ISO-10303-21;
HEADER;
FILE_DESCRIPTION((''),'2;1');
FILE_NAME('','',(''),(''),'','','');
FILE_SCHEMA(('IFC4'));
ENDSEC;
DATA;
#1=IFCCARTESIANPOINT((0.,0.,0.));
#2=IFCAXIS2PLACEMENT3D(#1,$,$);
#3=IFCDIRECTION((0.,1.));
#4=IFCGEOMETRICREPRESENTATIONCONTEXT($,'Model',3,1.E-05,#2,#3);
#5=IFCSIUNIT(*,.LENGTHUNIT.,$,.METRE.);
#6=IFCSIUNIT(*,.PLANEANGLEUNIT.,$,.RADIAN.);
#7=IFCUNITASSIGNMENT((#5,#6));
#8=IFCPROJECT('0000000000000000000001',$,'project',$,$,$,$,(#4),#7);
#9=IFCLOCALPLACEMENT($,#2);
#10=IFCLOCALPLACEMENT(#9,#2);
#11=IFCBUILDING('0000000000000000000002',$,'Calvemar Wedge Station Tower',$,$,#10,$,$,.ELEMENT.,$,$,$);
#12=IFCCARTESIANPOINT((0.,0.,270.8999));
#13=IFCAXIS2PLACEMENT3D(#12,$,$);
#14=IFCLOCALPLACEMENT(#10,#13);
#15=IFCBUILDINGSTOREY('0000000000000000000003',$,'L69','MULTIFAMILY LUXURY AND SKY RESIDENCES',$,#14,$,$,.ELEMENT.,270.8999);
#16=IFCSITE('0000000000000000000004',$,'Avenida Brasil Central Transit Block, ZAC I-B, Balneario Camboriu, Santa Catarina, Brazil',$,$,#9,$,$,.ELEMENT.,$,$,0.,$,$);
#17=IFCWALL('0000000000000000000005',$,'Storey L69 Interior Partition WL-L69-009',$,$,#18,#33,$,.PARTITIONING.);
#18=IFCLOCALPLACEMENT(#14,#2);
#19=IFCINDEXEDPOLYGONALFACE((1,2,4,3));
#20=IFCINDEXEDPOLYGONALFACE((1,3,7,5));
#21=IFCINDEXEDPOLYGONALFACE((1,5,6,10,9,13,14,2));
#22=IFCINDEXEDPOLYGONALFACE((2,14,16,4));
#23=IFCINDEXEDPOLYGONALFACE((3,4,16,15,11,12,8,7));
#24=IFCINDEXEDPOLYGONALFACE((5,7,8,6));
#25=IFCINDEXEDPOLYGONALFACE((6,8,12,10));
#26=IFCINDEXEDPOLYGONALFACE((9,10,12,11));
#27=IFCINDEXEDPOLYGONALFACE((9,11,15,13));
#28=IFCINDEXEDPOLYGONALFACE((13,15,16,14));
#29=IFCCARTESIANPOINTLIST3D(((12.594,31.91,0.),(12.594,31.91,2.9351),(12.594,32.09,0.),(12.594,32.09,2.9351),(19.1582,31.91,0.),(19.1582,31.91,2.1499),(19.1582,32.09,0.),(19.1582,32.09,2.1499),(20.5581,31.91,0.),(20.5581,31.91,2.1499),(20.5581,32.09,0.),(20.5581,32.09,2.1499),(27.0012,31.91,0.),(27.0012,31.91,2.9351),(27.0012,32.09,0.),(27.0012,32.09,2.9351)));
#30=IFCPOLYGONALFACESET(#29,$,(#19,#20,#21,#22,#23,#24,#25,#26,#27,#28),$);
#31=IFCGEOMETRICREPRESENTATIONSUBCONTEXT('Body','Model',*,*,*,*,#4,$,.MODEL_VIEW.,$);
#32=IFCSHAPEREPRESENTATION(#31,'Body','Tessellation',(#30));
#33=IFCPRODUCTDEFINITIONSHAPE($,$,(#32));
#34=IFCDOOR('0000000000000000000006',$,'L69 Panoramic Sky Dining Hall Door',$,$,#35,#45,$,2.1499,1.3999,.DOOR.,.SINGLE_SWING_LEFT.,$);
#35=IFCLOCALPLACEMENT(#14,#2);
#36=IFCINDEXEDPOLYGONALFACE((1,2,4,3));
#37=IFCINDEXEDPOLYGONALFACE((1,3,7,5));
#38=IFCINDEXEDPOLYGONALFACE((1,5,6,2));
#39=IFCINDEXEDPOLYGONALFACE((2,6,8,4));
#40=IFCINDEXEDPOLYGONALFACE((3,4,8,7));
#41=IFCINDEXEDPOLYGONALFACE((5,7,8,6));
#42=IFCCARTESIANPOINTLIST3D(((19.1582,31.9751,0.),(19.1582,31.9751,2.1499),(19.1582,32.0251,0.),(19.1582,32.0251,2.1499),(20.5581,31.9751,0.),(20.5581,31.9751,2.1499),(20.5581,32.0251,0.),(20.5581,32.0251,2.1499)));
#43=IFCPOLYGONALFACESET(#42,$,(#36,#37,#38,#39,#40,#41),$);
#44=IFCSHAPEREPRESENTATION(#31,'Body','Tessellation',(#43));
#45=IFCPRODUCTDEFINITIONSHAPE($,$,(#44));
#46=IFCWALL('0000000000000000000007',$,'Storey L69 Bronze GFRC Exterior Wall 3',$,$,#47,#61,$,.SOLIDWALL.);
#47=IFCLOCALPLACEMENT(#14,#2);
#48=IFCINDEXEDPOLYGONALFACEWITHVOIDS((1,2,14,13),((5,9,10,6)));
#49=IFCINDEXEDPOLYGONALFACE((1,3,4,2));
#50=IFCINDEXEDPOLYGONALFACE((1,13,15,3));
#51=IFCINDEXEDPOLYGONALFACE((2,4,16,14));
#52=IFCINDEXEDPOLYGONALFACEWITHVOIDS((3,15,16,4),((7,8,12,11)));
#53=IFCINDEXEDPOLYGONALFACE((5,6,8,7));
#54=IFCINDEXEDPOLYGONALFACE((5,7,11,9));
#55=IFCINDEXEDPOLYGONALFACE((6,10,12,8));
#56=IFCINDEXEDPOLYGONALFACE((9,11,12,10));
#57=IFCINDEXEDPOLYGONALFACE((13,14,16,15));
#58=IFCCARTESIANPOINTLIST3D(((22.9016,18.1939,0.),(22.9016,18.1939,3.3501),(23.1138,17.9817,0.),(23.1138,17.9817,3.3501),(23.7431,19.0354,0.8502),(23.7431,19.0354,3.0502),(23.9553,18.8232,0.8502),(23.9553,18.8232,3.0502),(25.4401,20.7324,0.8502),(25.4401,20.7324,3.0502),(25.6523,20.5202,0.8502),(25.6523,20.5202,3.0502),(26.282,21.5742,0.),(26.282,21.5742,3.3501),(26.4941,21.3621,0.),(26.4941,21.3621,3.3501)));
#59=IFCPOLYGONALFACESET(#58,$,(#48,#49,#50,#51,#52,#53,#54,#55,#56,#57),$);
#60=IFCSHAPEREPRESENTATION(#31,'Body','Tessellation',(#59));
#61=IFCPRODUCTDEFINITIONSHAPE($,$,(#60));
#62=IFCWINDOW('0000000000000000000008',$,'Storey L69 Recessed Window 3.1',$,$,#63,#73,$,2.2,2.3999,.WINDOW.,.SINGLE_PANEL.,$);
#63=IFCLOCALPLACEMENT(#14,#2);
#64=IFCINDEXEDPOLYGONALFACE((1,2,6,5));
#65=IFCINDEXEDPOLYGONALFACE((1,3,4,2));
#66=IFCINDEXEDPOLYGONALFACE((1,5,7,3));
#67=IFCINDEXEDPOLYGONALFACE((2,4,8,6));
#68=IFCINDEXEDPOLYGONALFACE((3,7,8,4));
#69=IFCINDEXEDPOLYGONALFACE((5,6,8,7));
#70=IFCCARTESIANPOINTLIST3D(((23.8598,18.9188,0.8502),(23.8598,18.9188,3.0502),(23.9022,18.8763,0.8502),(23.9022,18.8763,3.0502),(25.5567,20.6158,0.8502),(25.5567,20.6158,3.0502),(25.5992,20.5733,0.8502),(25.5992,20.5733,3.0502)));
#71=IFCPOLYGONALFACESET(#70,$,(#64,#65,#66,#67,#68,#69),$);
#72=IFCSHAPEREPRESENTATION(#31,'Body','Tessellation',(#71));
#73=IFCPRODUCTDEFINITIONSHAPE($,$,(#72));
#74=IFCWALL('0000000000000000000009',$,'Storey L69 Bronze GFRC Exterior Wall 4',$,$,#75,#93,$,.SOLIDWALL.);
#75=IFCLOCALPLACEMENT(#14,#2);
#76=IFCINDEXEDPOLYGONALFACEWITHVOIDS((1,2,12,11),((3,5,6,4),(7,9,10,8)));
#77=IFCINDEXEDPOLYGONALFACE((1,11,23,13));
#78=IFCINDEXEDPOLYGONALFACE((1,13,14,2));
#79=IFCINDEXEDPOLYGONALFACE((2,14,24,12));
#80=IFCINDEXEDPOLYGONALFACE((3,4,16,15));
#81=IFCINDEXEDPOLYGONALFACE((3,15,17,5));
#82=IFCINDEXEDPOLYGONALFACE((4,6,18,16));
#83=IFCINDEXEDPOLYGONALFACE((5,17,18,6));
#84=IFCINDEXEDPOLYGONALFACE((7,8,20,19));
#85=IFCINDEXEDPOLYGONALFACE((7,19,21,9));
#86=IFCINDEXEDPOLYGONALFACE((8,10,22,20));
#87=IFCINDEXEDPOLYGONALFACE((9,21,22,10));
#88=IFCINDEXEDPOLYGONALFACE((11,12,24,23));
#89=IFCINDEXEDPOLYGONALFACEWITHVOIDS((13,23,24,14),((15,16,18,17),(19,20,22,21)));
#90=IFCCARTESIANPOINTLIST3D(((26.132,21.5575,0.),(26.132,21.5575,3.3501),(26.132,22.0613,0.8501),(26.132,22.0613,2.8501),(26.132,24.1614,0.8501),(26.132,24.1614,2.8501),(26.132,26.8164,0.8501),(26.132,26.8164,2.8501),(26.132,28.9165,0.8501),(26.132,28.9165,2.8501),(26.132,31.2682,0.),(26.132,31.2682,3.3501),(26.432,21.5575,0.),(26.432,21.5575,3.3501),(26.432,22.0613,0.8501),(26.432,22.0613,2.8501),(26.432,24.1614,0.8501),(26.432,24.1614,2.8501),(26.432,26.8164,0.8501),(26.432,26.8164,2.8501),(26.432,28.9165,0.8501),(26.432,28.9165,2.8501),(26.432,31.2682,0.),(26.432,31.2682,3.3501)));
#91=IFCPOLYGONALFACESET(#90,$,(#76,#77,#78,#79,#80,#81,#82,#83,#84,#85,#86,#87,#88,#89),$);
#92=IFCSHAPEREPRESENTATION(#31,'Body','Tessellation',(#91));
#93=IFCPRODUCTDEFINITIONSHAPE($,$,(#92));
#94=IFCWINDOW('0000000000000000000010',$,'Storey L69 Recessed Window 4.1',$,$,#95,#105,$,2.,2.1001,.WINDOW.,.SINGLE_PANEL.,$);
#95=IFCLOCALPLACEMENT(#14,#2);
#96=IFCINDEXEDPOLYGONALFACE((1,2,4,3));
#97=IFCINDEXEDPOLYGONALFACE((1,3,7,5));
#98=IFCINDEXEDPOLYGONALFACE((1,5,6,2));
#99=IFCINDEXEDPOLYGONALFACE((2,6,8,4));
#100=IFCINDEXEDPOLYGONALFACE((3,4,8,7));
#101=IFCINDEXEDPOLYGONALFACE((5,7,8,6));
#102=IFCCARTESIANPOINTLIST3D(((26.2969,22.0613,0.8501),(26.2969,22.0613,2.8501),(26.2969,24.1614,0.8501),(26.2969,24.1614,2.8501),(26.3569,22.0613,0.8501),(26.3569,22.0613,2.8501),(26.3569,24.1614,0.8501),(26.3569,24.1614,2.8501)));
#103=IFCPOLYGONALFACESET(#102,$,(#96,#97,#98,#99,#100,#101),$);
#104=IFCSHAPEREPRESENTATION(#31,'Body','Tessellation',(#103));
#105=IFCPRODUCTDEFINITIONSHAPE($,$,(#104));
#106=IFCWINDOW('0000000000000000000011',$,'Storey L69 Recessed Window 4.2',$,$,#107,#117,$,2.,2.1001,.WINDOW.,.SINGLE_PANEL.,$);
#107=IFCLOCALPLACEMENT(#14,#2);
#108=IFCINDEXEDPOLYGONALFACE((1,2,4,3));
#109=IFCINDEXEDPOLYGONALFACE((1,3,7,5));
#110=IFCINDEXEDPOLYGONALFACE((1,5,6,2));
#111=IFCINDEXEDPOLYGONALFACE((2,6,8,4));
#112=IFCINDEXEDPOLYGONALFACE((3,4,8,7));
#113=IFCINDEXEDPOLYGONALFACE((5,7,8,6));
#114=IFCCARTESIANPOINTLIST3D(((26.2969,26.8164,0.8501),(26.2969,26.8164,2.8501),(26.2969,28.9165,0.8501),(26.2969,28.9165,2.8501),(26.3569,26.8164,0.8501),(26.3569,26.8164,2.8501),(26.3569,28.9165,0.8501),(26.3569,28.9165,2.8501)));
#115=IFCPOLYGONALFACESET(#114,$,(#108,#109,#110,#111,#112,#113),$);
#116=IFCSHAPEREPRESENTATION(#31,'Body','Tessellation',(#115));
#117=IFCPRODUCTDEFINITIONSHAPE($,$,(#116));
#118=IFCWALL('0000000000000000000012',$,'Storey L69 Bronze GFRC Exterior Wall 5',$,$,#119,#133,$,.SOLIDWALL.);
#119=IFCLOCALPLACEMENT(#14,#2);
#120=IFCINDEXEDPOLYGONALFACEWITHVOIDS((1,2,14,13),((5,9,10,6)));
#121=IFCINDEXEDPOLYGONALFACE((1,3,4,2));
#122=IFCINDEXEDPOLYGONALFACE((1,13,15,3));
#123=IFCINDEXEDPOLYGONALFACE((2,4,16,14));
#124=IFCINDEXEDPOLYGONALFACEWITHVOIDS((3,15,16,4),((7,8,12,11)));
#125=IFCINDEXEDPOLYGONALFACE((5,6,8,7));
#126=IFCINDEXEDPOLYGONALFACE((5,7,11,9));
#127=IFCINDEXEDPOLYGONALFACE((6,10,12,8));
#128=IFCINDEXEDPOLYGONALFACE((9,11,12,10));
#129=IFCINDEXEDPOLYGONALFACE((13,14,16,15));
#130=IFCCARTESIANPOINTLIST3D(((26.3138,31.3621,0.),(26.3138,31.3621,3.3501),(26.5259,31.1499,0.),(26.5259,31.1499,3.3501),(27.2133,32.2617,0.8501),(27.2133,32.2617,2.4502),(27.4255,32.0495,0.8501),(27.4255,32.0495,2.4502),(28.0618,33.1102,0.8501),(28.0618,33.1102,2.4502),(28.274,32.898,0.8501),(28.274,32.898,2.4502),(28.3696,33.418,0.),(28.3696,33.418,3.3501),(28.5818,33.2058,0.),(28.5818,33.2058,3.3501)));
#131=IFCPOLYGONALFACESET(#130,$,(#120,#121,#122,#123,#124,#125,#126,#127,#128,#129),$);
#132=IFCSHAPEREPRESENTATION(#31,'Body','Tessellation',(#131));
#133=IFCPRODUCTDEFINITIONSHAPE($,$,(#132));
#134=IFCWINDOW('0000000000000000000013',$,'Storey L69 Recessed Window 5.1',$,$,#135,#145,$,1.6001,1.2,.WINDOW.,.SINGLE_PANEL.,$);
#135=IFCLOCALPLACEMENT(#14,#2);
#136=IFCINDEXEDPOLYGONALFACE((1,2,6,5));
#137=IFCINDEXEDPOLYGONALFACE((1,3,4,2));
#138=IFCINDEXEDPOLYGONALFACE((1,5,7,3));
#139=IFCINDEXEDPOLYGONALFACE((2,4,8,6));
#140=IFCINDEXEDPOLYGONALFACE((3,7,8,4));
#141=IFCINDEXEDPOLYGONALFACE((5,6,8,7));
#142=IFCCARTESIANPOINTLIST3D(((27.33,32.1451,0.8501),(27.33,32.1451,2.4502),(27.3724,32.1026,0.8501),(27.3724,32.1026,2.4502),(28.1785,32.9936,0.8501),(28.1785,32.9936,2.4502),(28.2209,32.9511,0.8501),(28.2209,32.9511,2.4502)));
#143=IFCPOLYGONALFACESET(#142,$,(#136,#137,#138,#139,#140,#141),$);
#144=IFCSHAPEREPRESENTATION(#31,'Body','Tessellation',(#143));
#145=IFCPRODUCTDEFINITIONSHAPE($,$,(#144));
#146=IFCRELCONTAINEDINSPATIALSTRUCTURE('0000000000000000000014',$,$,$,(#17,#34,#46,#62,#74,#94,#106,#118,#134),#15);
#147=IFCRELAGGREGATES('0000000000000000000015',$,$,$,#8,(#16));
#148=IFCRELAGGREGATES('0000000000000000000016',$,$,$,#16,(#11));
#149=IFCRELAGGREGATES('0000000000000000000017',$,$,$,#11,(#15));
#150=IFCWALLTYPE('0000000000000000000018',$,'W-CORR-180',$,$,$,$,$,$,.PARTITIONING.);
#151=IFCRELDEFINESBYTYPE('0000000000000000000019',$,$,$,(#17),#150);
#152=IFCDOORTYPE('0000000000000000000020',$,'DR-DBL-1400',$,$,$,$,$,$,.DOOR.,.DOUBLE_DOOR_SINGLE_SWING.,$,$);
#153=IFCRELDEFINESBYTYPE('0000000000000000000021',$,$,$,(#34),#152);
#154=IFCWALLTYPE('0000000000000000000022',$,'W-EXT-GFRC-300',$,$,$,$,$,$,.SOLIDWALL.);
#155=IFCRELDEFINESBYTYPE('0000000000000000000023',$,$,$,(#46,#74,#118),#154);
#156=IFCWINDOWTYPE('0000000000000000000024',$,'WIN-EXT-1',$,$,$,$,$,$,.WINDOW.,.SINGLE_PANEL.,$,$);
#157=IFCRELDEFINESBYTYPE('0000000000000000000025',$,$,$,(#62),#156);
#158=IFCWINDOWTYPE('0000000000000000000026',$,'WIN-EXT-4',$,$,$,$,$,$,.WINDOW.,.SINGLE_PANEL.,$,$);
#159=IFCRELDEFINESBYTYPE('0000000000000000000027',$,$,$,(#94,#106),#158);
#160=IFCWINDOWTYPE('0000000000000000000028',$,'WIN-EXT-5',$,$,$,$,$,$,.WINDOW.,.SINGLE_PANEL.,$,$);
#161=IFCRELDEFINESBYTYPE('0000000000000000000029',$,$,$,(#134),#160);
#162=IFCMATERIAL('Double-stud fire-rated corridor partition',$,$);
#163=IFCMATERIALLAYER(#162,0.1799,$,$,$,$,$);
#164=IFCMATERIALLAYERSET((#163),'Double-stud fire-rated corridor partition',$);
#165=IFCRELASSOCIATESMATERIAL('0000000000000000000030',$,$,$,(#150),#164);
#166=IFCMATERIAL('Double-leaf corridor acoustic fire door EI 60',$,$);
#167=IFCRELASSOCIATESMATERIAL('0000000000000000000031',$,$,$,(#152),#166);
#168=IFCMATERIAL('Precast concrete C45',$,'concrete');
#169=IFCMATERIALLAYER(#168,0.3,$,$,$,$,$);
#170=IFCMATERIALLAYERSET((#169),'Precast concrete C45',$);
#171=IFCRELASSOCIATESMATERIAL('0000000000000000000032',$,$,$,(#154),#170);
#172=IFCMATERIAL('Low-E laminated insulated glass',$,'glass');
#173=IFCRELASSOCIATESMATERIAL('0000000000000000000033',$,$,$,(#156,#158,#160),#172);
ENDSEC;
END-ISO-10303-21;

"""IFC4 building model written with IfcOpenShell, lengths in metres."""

from ifc_helpers import new_model, si_unit, direction, frame, frame_2d, origin, place, context, subcontext, project, spatial, rectangle, extrude, source, transform, mapped, material, layer, layer_set, type_object, element, fill, save


model = new_model("IFC4")

# Units and contexts
model_context = context("Model", 3, precision=1e-05, world=origin(), true_north=direction((0.0, 1.0)))
body_context = subcontext(model_context, "Body", "Model", "MODEL_VIEW")
ifc_project = project(units=[si_unit("LENGTHUNIT", "METRE"), si_unit("PLANEANGLEUNIT", "RADIAN")], contexts=[model_context])

# Site, building, storey
site_placement = place(None, origin())
site = spatial("IfcSite", under=ifc_project, at=site_placement, Name="Avenida Brasil Central Transit Block, ZAC I-B, Balneario Camboriu, Santa Catarina, Brazil", CompositionType="ELEMENT", RefElevation=0.0)
building_placement = place(site_placement, origin())
building = spatial("IfcBuilding", under=site, at=building_placement, Name="Calvemar Wedge Station Tower", CompositionType="ELEMENT")
storey_placement = place(building_placement, frame((0.0, 0.0, 270.8999)))
storey = spatial("IfcBuildingStorey", under=building, at=storey_placement, Name="L69", Description="MULTIFAMILY LUXURY AND SKY RESIDENCES", CompositionType="ELEMENT", Elevation=270.8999)

# Wall, opening, door
ifc_material_1 = material(Name="Double-stud fire-rated corridor partition")
ifc_layer_1 = layer(ifc_material_1, 0.1799)
ifc_layer_set_1 = layer_set([ifc_layer_1], Name="Double-stud fire-rated corridor partition")
wall_type_1 = type_object("IfcWallType", Name="W-CORR-180", PredefinedType="PARTITIONING", material=ifc_layer_set_1)
wall_1_placement = place(storey_placement, frame((27.0012, 32.0, 0.0), z_axis=(0.0, 0.0, 1.0), x_axis=(-1.0, 0.0, 0.0)))
wall_1 = element("IfcWall", 1, at=wall_1_placement, inside=storey, type_object=wall_type_1, Name="Storey L69 Interior Partition WL-L69-009", PredefinedType="PARTITIONING", context=body_context, shape_type="SweptSolid", body=[
    extrude(rectangle(XDim=14.4072, YDim=0.1799, at=frame_2d((7.2036, 0.0))), origin(), (0.0, 0.0, 1.0), 2.9351),
])
shared_shape_1 = source(origin(), body_context, "Body", "SweptSolid", [
    extrude(rectangle(XDim=1.3999, YDim=2.1499, at=frame_2d((0.7, 1.075))), frame((0.0, 0.1001, 0.0), z_axis=(0.0, -1.0, 0.0), x_axis=(1.0, 0.0, 0.0)), (0.0, 0.0, 1.0), 0.2),
])
opening_1_placement = place(wall_1_placement, frame((6.4431, 0.0, 0.0)))
opening_1 = element("IfcOpeningElement", 2, at=opening_1_placement, cuts=wall_1, PredefinedType="OPENING", context=body_context, shape_type="MappedRepresentation", body=[
    mapped(shared_shape_1, transform((0.0, 0.0, 0.0), scale=1.0)),
])
ifc_material_2 = material(Name="Double-leaf corridor acoustic fire door EI 60")
door_type_1 = type_object("IfcDoorType", Name="DR-DBL-1400", OperationType="DOUBLE_DOOR_SINGLE_SWING", PredefinedType="DOOR", material=ifc_material_2)
shared_shape_2 = source(origin(), body_context, "Body", "SweptSolid", [
    extrude(rectangle(XDim=1.3999, YDim=2.1499, at=frame_2d((0.7, 1.075))), frame((0.0, 0.0249, 0.0), z_axis=(0.0, -1.0, 0.0), x_axis=(1.0, 0.0, 0.0)), (0.0, 0.0, 1.0), 0.05),
])
door_1_placement = place(opening_1_placement, origin())
door_1 = element("IfcDoor", 3, at=door_1_placement, inside=storey, type_object=door_type_1, Name="L69 Panoramic Sky Dining Hall Door", OperationType="SINGLE_SWING_LEFT", OverallHeight=2.1499, OverallWidth=1.3999, PredefinedType="DOOR", context=body_context, shape_type="MappedRepresentation", body=[
    mapped(shared_shape_2, transform((0.0, 0.0, 0.0), scale=1.0)),
])
fill(opening_1, door_1)

# Wall, opening, window
ifc_material_3 = material(Name="Precast concrete C45", Category="concrete")
ifc_layer_2 = layer(ifc_material_3, 0.3)
ifc_layer_set_2 = layer_set([ifc_layer_2], Name="Precast concrete C45")
wall_type_2 = type_object("IfcWallType", Name="W-EXT-GFRC-300", PredefinedType="SOLIDWALL", material=ifc_layer_set_2)
wall_2_placement = place(storey_placement, frame((23.0078, 18.0879, 0.0), z_axis=(0.0, 0.0, 1.0), x_axis=(0.707107, 0.707107, 0.0)))
wall_2 = element("IfcWall", 4, at=wall_2_placement, inside=storey, type_object=wall_type_2, Name="Storey L69 Bronze GFRC Exterior Wall 3", PredefinedType="SOLIDWALL", context=body_context, shape_type="SweptSolid", body=[
    extrude(rectangle(XDim=4.7805, YDim=0.3, at=frame_2d((2.3901, 0.0))), origin(), (0.0, 0.0, 1.0), 3.3501),
])
shared_shape_3 = source(origin(), body_context, "Body", "SweptSolid", [
    extrude(rectangle(XDim=2.3999, YDim=2.2, at=frame_2d((1.2, 1.1001))), frame((0.0, 0.1602, 0.0), z_axis=(0.0, -1.0, 0.0), x_axis=(1.0, 0.0, 0.0)), (0.0, 0.0, 1.0), 0.3201),
])
opening_2_placement = place(wall_2_placement, frame((1.1899, 0.0, 0.8501)))
opening_2 = element("IfcOpeningElement", 5, at=opening_2_placement, cuts=wall_2, PredefinedType="OPENING", context=body_context, shape_type="MappedRepresentation", body=[
    mapped(shared_shape_3, transform((0.0, 0.0, 0.0), scale=1.0)),
])
ifc_material_4 = material(Name="Low-E laminated insulated glass", Category="glass")
window_type_1 = type_object("IfcWindowType", Name="WIN-EXT-1", PartitioningType="SINGLE_PANEL", PredefinedType="WINDOW", material=ifc_material_4)
shared_shape_4 = source(origin(), body_context, "Body", "SweptSolid", [
    extrude(rectangle(XDim=2.3999, YDim=2.2, at=frame_2d((1.2, 1.1001))), frame((0.0, -0.0149, 0.0), z_axis=(0.0, -1.0, 0.0), x_axis=(1.0, 0.0, 0.0)), (0.0, 0.0, 1.0), 0.0601),
])
window_1_placement = place(opening_2_placement, origin())
window_1 = element("IfcWindow", 6, at=window_1_placement, inside=storey, type_object=window_type_1, Name="Storey L69 Recessed Window 3.1", OverallHeight=2.2, OverallWidth=2.3999, PartitioningType="SINGLE_PANEL", PredefinedType="WINDOW", context=body_context, shape_type="MappedRepresentation", body=[
    mapped(shared_shape_4, transform((0.0, 0.0, 0.0), scale=1.0)),
])
fill(opening_2, window_1)

# Wall, openings, windows
wall_3_placement = place(storey_placement, frame((26.282, 21.5574, 0.0), z_axis=(0.0, 0.0, 1.0), x_axis=(0.0, 1.0, 0.0)))
wall_3 = element("IfcWall", 7, at=wall_3_placement, inside=storey, type_object=wall_type_2, Name="Storey L69 Bronze GFRC Exterior Wall 4", PredefinedType="SOLIDWALL", context=body_context, shape_type="SweptSolid", body=[
    extrude(rectangle(XDim=9.7107, YDim=0.3, at=frame_2d((4.8555, 0.0))), origin(), (0.0, 0.0, 1.0), 3.3501),
])
shared_shape_5 = source(origin(), body_context, "Body", "SweptSolid", [
    extrude(rectangle(XDim=2.1001, YDim=2.0, at=frame_2d((1.05, 1.0))), frame((0.0, 0.1602, 0.0), z_axis=(0.0, -1.0, 0.0), x_axis=(1.0, 0.0, 0.0)), (0.0, 0.0, 1.0), 0.3201),
])
opening_3_placement = place(wall_3_placement, frame((0.5039, 0.0, 0.8501)))
opening_3 = element("IfcOpeningElement", 8, at=opening_3_placement, cuts=wall_3, PredefinedType="OPENING", context=body_context, shape_type="MappedRepresentation", body=[
    mapped(shared_shape_5, transform((0.0, 0.0, 0.0), scale=1.0)),
])
opening_4_placement = place(wall_3_placement, frame((5.259, 0.0, 0.8501)))
opening_4 = element("IfcOpeningElement", 9, at=opening_4_placement, cuts=wall_3, PredefinedType="OPENING", context=body_context, shape_type="MappedRepresentation", body=[
    mapped(shared_shape_5, transform((0.0, 0.0, 0.0), scale=1.0)),
])
window_type_2 = type_object("IfcWindowType", Name="WIN-EXT-4", PartitioningType="SINGLE_PANEL", PredefinedType="WINDOW", material=ifc_material_4)
shared_shape_6 = source(origin(), body_context, "Body", "SweptSolid", [
    extrude(rectangle(XDim=2.1001, YDim=2.0, at=frame_2d((1.05, 1.0))), frame((0.0, -0.0149, 0.0), z_axis=(0.0, -1.0, 0.0), x_axis=(1.0, 0.0, 0.0)), (0.0, 0.0, 1.0), 0.0601),
])
window_2_placement = place(opening_3_placement, origin())
window_2 = element("IfcWindow", 10, at=window_2_placement, inside=storey, type_object=window_type_2, Name="Storey L69 Recessed Window 4.1", OverallHeight=2.0, OverallWidth=2.1001, PartitioningType="SINGLE_PANEL", PredefinedType="WINDOW", context=body_context, shape_type="MappedRepresentation", body=[
    mapped(shared_shape_6, transform((0.0, 0.0, 0.0), scale=1.0)),
])
fill(opening_3, window_2)
window_3_placement = place(opening_4_placement, origin())
window_3 = element("IfcWindow", 11, at=window_3_placement, inside=storey, type_object=window_type_2, Name="Storey L69 Recessed Window 4.2", OverallHeight=2.0, OverallWidth=2.1001, PartitioningType="SINGLE_PANEL", PredefinedType="WINDOW", context=body_context, shape_type="MappedRepresentation", body=[
    mapped(shared_shape_6, transform((0.0, 0.0, 0.0), scale=1.0)),
])
fill(opening_4, window_3)

# Wall, opening, window
wall_4_placement = place(storey_placement, frame((26.4199, 31.2561, 0.0), z_axis=(0.0, 0.0, 1.0), x_axis=(0.707107, 0.707107, 0.0)))
wall_4 = element("IfcWall", 12, at=wall_4_placement, inside=storey, type_object=wall_type_2, Name="Storey L69 Bronze GFRC Exterior Wall 5", PredefinedType="SOLIDWALL", context=body_context, shape_type="SweptSolid", body=[
    extrude(rectangle(XDim=2.9075, YDim=0.3, at=frame_2d((1.4536, 0.0))), origin(), (0.0, 0.0, 1.0), 3.3501),
])
shared_shape_7 = source(origin(), body_context, "Body", "SweptSolid", [
    extrude(rectangle(XDim=1.2, YDim=1.6001, at=frame_2d((0.6001, 0.8))), frame((0.0, 0.1602, 0.0), z_axis=(0.0, -1.0, 0.0), x_axis=(1.0, 0.0, 0.0)), (0.0, 0.0, 1.0), 0.3201),
])
opening_5_placement = place(wall_4_placement, frame((1.272, 0.0, 0.8501)))
opening_5 = element("IfcOpeningElement", 13, at=opening_5_placement, cuts=wall_4, PredefinedType="OPENING", context=body_context, shape_type="MappedRepresentation", body=[
    mapped(shared_shape_7, transform((0.0, 0.0, 0.0), scale=1.0)),
])
window_type_3 = type_object("IfcWindowType", Name="WIN-EXT-5", PartitioningType="SINGLE_PANEL", PredefinedType="WINDOW", material=ifc_material_4)
shared_shape_8 = source(origin(), body_context, "Body", "SweptSolid", [
    extrude(rectangle(XDim=1.2, YDim=1.6001, at=frame_2d((0.6001, 0.8))), frame((0.0, -0.0149, 0.0), z_axis=(0.0, -1.0, 0.0), x_axis=(1.0, 0.0, 0.0)), (0.0, 0.0, 1.0), 0.0601),
])
window_4_placement = place(opening_5_placement, origin())
window_4 = element("IfcWindow", 14, at=window_4_placement, inside=storey, type_object=window_type_3, Name="Storey L69 Recessed Window 5.1", OverallHeight=1.6001, OverallWidth=1.2, PartitioningType="SINGLE_PANEL", PredefinedType="WINDOW", context=body_context, shape_type="MappedRepresentation", body=[
    mapped(shared_shape_8, transform((0.0, 0.0, 0.0), scale=1.0)),
])
fill(opening_5, window_4)

save(model, "model.ifc")
